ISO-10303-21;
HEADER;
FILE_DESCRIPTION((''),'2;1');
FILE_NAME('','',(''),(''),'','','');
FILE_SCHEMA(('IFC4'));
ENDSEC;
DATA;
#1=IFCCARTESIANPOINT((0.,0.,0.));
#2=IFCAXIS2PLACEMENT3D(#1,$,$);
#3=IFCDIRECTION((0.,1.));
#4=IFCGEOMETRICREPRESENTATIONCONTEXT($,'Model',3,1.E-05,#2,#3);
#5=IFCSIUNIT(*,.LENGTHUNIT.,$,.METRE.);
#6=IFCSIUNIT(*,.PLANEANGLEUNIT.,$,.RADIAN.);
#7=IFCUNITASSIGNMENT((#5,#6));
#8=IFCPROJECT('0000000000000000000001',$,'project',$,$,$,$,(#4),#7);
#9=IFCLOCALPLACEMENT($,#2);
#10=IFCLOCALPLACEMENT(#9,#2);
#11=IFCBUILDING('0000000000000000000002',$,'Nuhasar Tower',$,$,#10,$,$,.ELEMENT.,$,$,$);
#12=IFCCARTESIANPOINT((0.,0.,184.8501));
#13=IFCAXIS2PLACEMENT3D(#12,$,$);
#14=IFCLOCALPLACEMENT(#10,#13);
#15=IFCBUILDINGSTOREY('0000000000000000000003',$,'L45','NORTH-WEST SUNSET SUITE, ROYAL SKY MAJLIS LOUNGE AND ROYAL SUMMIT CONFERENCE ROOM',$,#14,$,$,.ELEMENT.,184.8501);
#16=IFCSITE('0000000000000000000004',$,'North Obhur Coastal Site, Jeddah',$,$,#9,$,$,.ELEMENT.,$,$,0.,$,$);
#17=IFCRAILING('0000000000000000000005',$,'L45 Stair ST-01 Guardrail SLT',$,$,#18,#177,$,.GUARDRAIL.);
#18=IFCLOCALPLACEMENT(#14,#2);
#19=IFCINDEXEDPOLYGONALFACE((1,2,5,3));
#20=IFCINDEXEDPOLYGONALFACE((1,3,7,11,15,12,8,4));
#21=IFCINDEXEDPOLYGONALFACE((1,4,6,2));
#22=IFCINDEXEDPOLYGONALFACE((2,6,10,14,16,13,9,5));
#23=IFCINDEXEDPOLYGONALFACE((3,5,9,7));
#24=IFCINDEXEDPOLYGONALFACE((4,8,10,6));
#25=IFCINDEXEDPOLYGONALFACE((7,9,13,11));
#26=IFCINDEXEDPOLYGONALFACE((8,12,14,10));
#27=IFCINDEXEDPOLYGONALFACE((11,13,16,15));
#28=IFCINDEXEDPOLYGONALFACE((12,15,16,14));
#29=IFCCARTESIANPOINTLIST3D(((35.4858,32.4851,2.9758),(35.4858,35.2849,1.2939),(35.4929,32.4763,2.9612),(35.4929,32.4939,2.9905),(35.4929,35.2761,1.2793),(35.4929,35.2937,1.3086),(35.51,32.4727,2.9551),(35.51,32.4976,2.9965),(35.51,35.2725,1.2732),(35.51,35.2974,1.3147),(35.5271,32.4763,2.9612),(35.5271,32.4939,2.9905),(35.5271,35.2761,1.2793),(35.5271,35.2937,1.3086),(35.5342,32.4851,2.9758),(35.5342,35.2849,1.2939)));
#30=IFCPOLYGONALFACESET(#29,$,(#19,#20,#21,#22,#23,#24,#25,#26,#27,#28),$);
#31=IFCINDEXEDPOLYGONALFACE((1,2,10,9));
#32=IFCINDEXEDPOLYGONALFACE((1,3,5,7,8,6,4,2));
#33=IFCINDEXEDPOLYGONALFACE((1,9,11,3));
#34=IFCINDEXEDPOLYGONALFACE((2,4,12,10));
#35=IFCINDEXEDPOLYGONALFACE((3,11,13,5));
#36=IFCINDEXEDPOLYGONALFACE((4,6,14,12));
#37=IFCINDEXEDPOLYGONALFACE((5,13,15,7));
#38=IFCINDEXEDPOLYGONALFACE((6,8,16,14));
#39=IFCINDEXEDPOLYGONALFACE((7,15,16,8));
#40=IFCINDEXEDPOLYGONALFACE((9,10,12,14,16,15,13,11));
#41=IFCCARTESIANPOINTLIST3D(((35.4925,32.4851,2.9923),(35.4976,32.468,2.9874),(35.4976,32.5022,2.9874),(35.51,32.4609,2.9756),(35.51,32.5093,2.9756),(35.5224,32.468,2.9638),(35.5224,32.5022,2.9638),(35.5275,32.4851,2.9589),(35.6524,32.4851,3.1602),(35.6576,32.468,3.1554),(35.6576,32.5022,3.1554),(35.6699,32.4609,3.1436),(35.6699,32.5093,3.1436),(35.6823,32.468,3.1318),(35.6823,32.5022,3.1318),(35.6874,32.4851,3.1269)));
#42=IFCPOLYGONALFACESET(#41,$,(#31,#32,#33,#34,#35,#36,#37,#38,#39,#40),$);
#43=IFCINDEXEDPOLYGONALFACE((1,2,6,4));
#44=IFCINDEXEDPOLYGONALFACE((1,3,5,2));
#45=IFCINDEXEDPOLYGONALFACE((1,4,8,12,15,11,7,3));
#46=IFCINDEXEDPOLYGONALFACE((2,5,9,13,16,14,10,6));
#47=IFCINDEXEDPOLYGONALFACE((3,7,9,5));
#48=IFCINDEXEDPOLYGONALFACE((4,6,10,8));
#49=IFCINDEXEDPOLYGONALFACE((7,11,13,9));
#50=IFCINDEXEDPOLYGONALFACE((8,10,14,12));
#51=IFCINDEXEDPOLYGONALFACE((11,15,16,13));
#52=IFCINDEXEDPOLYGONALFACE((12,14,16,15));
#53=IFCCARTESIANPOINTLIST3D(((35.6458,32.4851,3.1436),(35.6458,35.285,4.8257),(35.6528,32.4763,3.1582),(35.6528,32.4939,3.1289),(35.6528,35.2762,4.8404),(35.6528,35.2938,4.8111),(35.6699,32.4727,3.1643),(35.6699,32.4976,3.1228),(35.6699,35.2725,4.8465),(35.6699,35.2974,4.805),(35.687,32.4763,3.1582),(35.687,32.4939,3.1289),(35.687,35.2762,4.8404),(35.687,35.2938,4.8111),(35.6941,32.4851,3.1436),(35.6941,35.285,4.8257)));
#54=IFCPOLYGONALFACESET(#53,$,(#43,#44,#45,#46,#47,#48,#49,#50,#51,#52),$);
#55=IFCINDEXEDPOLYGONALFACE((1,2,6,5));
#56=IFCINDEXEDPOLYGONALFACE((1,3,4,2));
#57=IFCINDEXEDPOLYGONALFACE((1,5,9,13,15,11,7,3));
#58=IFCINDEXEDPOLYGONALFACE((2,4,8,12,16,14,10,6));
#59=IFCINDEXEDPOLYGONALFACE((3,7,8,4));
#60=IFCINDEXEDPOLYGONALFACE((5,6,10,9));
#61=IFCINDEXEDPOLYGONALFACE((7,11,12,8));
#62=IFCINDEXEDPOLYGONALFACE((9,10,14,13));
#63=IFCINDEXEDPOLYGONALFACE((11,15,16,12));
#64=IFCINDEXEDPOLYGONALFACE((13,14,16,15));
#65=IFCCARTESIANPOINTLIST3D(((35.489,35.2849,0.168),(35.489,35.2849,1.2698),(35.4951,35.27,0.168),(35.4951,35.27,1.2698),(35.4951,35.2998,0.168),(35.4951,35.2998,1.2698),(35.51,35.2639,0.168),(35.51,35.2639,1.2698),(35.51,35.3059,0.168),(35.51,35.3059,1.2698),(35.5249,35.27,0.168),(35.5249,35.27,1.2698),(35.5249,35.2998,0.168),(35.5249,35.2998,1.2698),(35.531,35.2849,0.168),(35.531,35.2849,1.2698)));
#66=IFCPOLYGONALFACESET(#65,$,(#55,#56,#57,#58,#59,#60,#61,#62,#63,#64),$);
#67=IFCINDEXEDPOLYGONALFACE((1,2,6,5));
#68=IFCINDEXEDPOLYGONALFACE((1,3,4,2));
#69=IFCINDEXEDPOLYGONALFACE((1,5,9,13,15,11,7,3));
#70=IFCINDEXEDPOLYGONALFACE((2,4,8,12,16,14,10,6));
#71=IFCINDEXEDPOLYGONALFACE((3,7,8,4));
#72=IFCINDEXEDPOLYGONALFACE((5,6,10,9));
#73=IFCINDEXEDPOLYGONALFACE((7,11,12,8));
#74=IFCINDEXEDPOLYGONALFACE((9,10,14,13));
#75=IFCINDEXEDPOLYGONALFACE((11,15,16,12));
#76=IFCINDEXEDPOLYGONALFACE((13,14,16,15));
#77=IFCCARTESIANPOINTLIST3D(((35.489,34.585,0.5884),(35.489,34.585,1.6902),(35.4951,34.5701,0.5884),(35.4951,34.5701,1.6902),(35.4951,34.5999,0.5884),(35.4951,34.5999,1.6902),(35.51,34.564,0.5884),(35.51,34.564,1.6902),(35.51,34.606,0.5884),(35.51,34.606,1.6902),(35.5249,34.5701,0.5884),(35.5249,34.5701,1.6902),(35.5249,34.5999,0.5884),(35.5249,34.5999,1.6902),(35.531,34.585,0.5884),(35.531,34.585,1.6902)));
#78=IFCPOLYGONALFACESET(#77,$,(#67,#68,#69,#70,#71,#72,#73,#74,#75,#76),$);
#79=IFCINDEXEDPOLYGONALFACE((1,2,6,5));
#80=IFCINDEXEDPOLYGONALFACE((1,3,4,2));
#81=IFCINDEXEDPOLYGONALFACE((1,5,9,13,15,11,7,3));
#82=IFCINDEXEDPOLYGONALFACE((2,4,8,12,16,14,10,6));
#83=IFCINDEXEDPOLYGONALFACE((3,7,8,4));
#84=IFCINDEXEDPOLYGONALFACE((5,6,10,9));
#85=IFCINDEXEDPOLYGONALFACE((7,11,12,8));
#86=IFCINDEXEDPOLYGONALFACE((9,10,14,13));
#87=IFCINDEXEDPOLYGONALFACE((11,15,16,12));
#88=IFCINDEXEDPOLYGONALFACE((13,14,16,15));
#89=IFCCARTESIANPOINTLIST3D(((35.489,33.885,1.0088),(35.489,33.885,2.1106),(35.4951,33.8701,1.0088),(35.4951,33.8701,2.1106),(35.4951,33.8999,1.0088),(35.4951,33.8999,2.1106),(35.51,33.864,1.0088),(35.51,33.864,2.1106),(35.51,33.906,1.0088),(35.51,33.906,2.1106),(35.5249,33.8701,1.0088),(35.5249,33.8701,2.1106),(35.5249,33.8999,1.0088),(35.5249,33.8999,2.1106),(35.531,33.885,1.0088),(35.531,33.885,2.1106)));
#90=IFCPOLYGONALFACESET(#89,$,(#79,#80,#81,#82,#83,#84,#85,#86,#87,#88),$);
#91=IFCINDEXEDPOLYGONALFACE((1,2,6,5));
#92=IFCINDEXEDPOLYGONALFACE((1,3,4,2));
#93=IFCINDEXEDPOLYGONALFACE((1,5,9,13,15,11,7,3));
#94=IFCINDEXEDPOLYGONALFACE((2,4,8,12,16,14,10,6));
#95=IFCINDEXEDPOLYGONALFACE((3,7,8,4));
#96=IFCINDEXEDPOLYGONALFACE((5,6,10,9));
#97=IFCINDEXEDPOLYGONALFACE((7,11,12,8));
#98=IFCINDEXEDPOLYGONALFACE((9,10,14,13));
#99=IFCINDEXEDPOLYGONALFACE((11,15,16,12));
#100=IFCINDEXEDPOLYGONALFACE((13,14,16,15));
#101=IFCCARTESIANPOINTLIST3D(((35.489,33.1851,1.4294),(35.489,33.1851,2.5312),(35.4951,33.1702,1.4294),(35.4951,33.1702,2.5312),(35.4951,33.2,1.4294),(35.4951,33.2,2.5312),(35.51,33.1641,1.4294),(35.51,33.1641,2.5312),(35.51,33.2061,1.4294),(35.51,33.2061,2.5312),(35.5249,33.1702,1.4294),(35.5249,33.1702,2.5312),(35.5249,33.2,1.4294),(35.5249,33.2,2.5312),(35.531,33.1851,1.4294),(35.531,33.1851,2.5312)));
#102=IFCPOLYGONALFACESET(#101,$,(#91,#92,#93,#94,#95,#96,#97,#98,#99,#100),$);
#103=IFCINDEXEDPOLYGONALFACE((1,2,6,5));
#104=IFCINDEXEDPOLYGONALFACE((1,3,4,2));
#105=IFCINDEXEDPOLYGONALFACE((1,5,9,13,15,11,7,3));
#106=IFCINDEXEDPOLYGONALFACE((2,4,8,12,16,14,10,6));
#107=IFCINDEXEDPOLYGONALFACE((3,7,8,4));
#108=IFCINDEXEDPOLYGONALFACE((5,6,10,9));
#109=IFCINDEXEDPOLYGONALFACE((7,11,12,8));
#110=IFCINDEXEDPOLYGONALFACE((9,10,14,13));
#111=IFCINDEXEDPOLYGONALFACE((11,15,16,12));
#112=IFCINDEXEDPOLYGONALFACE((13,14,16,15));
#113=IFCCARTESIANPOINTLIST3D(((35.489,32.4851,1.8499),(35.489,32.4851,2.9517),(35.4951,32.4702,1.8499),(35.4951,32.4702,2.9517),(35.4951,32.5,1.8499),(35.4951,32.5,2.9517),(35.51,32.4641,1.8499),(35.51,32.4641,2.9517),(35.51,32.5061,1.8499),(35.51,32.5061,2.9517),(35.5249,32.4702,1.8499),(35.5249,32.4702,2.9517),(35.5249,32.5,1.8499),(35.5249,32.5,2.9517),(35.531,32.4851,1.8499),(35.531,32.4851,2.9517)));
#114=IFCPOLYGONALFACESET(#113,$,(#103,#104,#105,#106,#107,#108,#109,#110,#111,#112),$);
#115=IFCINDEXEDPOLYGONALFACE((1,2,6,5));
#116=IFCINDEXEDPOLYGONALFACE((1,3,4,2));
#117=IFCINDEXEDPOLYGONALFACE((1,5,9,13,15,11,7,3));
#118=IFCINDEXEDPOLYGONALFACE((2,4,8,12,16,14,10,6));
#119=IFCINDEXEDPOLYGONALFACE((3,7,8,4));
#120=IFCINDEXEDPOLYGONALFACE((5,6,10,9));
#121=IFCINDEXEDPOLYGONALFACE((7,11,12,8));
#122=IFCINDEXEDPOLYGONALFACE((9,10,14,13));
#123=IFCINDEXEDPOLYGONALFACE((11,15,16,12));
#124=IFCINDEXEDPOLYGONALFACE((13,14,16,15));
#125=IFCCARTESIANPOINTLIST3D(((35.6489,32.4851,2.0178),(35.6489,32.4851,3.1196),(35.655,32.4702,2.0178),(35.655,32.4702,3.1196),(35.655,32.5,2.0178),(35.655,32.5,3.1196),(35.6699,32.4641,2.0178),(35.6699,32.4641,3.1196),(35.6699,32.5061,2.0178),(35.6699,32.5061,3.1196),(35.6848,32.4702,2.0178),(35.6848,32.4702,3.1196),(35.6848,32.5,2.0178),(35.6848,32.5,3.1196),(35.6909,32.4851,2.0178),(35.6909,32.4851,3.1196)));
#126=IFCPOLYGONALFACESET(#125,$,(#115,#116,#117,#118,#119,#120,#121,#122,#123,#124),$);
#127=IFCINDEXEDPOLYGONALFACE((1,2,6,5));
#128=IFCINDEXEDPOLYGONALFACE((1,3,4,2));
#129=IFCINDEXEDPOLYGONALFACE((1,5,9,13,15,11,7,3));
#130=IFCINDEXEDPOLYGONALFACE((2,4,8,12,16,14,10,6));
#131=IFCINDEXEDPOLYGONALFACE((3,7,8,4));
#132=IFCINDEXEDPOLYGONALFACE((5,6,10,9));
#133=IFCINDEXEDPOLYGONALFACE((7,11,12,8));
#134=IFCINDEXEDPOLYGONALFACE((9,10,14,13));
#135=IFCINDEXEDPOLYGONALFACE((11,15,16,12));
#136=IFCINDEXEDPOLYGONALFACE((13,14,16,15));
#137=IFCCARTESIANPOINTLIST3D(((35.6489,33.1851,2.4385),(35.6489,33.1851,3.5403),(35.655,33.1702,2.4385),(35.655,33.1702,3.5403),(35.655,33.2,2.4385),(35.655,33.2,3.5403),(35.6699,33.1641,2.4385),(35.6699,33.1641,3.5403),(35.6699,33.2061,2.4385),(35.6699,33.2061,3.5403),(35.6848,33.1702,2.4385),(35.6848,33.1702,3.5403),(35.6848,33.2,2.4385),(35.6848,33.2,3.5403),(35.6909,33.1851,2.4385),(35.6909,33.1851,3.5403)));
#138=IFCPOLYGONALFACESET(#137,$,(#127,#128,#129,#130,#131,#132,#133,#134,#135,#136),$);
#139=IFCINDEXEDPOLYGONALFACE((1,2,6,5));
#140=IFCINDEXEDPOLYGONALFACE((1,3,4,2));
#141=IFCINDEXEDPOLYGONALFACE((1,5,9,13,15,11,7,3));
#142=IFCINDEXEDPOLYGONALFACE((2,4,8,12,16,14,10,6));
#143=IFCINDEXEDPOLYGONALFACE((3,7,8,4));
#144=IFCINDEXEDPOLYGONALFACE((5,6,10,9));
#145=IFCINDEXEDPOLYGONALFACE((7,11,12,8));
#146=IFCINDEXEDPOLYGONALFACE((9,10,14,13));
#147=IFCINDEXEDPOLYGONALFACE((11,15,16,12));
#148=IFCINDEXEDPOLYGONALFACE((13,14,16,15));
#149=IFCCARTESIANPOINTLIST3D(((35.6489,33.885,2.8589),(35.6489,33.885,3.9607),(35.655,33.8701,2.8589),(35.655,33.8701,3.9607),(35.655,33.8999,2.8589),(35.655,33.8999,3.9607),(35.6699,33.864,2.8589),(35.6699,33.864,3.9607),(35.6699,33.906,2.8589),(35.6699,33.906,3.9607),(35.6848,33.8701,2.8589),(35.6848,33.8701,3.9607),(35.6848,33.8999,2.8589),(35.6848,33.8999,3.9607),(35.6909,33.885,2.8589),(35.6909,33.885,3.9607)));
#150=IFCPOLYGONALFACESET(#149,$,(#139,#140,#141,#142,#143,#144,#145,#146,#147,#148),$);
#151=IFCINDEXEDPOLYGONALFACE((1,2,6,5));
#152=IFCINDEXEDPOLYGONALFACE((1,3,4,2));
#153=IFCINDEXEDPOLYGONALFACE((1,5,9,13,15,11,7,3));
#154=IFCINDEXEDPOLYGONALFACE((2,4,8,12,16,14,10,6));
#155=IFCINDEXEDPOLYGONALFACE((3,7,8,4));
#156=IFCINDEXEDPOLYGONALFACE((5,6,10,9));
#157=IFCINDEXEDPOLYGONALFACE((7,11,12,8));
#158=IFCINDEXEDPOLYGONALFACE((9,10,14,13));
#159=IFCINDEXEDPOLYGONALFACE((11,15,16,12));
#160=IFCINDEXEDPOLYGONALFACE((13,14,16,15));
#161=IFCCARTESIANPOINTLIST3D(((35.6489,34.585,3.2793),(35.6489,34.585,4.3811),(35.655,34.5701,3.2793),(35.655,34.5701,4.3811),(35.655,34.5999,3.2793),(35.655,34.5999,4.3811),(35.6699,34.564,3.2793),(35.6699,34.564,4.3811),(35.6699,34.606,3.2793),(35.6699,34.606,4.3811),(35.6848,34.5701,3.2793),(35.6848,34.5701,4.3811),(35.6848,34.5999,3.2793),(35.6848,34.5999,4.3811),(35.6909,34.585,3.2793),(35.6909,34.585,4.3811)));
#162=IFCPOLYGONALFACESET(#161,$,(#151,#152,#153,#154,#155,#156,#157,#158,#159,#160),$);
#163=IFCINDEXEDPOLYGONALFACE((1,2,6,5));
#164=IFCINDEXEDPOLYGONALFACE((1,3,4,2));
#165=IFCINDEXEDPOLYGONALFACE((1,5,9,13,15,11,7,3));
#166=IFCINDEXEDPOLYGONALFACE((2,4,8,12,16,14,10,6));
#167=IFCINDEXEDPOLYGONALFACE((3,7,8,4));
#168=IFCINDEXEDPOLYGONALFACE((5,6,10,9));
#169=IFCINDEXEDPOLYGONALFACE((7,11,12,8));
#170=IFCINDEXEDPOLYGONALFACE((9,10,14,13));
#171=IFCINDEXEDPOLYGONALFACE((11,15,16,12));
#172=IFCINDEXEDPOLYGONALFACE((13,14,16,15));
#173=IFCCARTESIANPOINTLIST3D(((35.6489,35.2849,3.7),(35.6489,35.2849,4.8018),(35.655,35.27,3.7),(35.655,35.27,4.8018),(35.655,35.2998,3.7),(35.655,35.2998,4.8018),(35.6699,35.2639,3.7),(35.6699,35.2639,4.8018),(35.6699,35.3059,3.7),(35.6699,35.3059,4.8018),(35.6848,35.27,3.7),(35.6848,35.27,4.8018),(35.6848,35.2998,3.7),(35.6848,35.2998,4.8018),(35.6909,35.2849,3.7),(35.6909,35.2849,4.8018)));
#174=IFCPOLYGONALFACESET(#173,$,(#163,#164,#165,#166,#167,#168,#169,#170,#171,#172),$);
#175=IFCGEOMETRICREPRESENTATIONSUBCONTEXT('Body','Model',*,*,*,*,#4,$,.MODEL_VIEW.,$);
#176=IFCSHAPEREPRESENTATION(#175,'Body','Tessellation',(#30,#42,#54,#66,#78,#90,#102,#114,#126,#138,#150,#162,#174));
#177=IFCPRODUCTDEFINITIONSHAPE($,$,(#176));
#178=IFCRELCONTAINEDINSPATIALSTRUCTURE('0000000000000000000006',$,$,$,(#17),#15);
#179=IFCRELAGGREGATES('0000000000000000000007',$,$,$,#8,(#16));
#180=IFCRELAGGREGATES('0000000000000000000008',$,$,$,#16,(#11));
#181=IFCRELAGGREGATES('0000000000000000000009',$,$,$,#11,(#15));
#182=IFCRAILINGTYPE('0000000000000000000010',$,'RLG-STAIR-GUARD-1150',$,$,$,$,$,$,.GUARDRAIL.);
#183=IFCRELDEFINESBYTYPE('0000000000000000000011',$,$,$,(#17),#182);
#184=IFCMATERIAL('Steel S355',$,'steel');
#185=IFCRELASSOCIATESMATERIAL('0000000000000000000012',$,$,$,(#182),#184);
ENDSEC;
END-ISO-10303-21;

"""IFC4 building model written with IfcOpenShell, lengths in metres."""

from ifc_helpers import new_model, si_unit, direction, frame, origin, place, context, subcontext, project, spatial, polyline, outline, extrude, material, type_object, element, save


model = new_model("IFC4")

# Units and contexts
model_context = context("Model", 3, precision=1e-05, world=origin(), true_north=direction((0.0, 1.0)))
body_context = subcontext(model_context, "Body", "Model", "MODEL_VIEW")
ifc_project = project(units=[si_unit("LENGTHUNIT", "METRE"), si_unit("PLANEANGLEUNIT", "RADIAN")], contexts=[model_context])

# Site, building, storey
site_placement = place(None, origin())
site = spatial("IfcSite", under=ifc_project, at=site_placement, Name="North Obhur Coastal Site, Jeddah", CompositionType="ELEMENT", RefElevation=0.0)
building_placement = place(site_placement, origin())
building = spatial("IfcBuilding", under=site, at=building_placement, Name="Nuhasar Tower", CompositionType="ELEMENT")
storey_placement = place(building_placement, frame((0.0, 0.0, 184.8501)))
storey = spatial("IfcBuildingStorey", under=building, at=storey_placement, Name="L45", Description="NORTH-WEST SUNSET SUITE, ROYAL SKY MAJLIS LOUNGE AND ROYAL SUMMIT CONFERENCE ROOM", CompositionType="ELEMENT", Elevation=184.8501)

# Shared definitions
ifc_material_1 = material(Name="Steel S355", Category="steel")

# Railing
railing_type_1 = type_object("IfcRailingType", Name="RLG-STAIR-GUARD-1150", PredefinedType="GUARDRAIL", material=ifc_material_1)
railing_1_placement = place(storey_placement, frame((35.51, 35.2849, 0.168)))
element("IfcRailing", 1, at=railing_1_placement, inside=storey, type_object=railing_type_1, Name="L45 Stair ST-01 Guardrail SLT", PredefinedType="GUARDRAIL", context=body_context, shape_type="SweptSolid", body=[
    extrude(outline(polyline([(0.0242, 0.0), (0.0171, 0.0171), (0.0, 0.0242), (-0.0171, 0.0171), (-0.0242, 0.0), (-0.0171, -0.0171), (0.0, -0.0242), (0.0171, -0.0171), (0.0242, 0.0)])), frame((0.0, 0.0, 1.126), z_axis=(0.0, -0.857222, 0.514946), x_axis=(1.0, 0.0, 0.0)), (0.0, 0.0, 1.0), 3.2661),
    extrude(outline(polyline([(0.0242, 0.0), (0.0171, 0.0171), (0.0, 0.0242), (-0.0171, 0.0171), (-0.0242, 0.0), (-0.0171, -0.0171), (0.0, -0.0242), (0.0171, -0.0171), (0.0242, 0.0)])), frame((0.0, -2.7998, 2.8076), z_axis=(0.689524, 0.0, 0.724263), x_axis=(0.0, 1.0, 0.0)), (0.0, 0.0, 1.0), 0.2319),
    extrude(outline(polyline([(0.0242, 0.0), (0.0171, 0.0171), (0.0, 0.0242), (-0.0171, 0.0171), (-0.0242, 0.0), (-0.0171, -0.0171), (0.0, -0.0242), (0.0171, -0.0171), (0.0242, 0.0)])), frame((0.1599, -2.7998, 2.9756), z_axis=(0.0, 0.857189, 0.515001), x_axis=(-1.0, 0.0, 0.0)), (0.0, 0.0, 1.0), 3.2664),
    extrude(outline(polyline([(0.021, 0.0), (0.0149, 0.0149), (0.0, 0.021), (-0.0149, 0.0149), (-0.021, 0.0), (-0.0149, -0.0149), (0.0, -0.021), (0.0149, -0.0149), (0.021, 0.0)])), origin(), (0.0, 0.0, 1.0), 1.1018),
    extrude(outline(polyline([(0.021, 0.0), (0.0149, 0.0149), (0.0, 0.021), (-0.0149, 0.0149), (-0.021, 0.0), (-0.0149, -0.0149), (0.0, -0.021), (0.0149, -0.0149), (0.021, 0.0)])), frame((0.0, -0.7, 0.4204)), (0.0, 0.0, 1.0), 1.1018),
    extrude(outline(polyline([(0.021, 0.0), (0.0149, 0.0149), (0.0, 0.021), (-0.0149, 0.0149), (-0.021, 0.0), (-0.0149, -0.0149), (0.0, -0.021), (0.0149, -0.0149), (0.021, 0.0)])), frame((0.0, -1.3999, 0.8408)), (0.0, 0.0, 1.0), 1.1018),
    extrude(outline(polyline([(0.021, 0.0), (0.0149, 0.0149), (0.0, 0.021), (-0.0149, 0.0149), (-0.021, 0.0), (-0.0149, -0.0149), (0.0, -0.021), (0.0149, -0.0149), (0.021, 0.0)])), frame((0.0, -2.0999, 1.2615)), (0.0, 0.0, 1.0), 1.1018),
    extrude(outline(polyline([(0.021, 0.0), (0.0149, 0.0149), (0.0, 0.021), (-0.0149, 0.0149), (-0.021, 0.0), (-0.0149, -0.0149), (0.0, -0.021), (0.0149, -0.0149), (0.021, 0.0)])), frame((0.0, -2.7998, 1.6819)), (0.0, 0.0, 1.0), 1.1018),
    extrude(outline(polyline([(0.021, 0.0), (0.0149, 0.0149), (0.0, 0.021), (-0.0149, 0.0149), (-0.021, 0.0), (-0.0149, -0.0149), (0.0, -0.021), (0.0149, -0.0149), (0.021, 0.0)])), frame((0.1599, -2.7998, 1.8499)), (0.0, 0.0, 1.0), 1.1018),
    extrude(outline(polyline([(0.021, 0.0), (0.0149, 0.0149), (0.0, 0.021), (-0.0149, 0.0149), (-0.021, 0.0), (-0.0149, -0.0149), (0.0, -0.021), (0.0149, -0.0149), (0.021, 0.0)])), frame((0.1599, -2.0999, 2.2705)), (0.0, 0.0, 1.0), 1.1018),
    extrude(outline(polyline([(0.021, 0.0), (0.0149, 0.0149), (0.0, 0.021), (-0.0149, 0.0149), (-0.021, 0.0), (-0.0149, -0.0149), (0.0, -0.021), (0.0149, -0.0149), (0.021, 0.0)])), frame((0.1599, -1.3999, 2.6909)), (0.0, 0.0, 1.0), 1.1018),
    extrude(outline(polyline([(0.021, 0.0), (0.0149, 0.0149), (0.0, 0.021), (-0.0149, 0.0149), (-0.021, 0.0), (-0.0149, -0.0149), (0.0, -0.021), (0.0149, -0.0149), (0.021, 0.0)])), frame((0.1599, -0.7, 3.1113)), (0.0, 0.0, 1.0), 1.1018),
    extrude(outline(polyline([(0.021, 0.0), (0.0149, 0.0149), (0.0, 0.021), (-0.0149, 0.0149), (-0.021, 0.0), (-0.0149, -0.0149), (0.0, -0.021), (0.0149, -0.0149), (0.021, 0.0)])), frame((0.1599, 0.0, 3.532)), (0.0, 0.0, 1.0), 1.1018),
])

save(model, "model.ifc")
